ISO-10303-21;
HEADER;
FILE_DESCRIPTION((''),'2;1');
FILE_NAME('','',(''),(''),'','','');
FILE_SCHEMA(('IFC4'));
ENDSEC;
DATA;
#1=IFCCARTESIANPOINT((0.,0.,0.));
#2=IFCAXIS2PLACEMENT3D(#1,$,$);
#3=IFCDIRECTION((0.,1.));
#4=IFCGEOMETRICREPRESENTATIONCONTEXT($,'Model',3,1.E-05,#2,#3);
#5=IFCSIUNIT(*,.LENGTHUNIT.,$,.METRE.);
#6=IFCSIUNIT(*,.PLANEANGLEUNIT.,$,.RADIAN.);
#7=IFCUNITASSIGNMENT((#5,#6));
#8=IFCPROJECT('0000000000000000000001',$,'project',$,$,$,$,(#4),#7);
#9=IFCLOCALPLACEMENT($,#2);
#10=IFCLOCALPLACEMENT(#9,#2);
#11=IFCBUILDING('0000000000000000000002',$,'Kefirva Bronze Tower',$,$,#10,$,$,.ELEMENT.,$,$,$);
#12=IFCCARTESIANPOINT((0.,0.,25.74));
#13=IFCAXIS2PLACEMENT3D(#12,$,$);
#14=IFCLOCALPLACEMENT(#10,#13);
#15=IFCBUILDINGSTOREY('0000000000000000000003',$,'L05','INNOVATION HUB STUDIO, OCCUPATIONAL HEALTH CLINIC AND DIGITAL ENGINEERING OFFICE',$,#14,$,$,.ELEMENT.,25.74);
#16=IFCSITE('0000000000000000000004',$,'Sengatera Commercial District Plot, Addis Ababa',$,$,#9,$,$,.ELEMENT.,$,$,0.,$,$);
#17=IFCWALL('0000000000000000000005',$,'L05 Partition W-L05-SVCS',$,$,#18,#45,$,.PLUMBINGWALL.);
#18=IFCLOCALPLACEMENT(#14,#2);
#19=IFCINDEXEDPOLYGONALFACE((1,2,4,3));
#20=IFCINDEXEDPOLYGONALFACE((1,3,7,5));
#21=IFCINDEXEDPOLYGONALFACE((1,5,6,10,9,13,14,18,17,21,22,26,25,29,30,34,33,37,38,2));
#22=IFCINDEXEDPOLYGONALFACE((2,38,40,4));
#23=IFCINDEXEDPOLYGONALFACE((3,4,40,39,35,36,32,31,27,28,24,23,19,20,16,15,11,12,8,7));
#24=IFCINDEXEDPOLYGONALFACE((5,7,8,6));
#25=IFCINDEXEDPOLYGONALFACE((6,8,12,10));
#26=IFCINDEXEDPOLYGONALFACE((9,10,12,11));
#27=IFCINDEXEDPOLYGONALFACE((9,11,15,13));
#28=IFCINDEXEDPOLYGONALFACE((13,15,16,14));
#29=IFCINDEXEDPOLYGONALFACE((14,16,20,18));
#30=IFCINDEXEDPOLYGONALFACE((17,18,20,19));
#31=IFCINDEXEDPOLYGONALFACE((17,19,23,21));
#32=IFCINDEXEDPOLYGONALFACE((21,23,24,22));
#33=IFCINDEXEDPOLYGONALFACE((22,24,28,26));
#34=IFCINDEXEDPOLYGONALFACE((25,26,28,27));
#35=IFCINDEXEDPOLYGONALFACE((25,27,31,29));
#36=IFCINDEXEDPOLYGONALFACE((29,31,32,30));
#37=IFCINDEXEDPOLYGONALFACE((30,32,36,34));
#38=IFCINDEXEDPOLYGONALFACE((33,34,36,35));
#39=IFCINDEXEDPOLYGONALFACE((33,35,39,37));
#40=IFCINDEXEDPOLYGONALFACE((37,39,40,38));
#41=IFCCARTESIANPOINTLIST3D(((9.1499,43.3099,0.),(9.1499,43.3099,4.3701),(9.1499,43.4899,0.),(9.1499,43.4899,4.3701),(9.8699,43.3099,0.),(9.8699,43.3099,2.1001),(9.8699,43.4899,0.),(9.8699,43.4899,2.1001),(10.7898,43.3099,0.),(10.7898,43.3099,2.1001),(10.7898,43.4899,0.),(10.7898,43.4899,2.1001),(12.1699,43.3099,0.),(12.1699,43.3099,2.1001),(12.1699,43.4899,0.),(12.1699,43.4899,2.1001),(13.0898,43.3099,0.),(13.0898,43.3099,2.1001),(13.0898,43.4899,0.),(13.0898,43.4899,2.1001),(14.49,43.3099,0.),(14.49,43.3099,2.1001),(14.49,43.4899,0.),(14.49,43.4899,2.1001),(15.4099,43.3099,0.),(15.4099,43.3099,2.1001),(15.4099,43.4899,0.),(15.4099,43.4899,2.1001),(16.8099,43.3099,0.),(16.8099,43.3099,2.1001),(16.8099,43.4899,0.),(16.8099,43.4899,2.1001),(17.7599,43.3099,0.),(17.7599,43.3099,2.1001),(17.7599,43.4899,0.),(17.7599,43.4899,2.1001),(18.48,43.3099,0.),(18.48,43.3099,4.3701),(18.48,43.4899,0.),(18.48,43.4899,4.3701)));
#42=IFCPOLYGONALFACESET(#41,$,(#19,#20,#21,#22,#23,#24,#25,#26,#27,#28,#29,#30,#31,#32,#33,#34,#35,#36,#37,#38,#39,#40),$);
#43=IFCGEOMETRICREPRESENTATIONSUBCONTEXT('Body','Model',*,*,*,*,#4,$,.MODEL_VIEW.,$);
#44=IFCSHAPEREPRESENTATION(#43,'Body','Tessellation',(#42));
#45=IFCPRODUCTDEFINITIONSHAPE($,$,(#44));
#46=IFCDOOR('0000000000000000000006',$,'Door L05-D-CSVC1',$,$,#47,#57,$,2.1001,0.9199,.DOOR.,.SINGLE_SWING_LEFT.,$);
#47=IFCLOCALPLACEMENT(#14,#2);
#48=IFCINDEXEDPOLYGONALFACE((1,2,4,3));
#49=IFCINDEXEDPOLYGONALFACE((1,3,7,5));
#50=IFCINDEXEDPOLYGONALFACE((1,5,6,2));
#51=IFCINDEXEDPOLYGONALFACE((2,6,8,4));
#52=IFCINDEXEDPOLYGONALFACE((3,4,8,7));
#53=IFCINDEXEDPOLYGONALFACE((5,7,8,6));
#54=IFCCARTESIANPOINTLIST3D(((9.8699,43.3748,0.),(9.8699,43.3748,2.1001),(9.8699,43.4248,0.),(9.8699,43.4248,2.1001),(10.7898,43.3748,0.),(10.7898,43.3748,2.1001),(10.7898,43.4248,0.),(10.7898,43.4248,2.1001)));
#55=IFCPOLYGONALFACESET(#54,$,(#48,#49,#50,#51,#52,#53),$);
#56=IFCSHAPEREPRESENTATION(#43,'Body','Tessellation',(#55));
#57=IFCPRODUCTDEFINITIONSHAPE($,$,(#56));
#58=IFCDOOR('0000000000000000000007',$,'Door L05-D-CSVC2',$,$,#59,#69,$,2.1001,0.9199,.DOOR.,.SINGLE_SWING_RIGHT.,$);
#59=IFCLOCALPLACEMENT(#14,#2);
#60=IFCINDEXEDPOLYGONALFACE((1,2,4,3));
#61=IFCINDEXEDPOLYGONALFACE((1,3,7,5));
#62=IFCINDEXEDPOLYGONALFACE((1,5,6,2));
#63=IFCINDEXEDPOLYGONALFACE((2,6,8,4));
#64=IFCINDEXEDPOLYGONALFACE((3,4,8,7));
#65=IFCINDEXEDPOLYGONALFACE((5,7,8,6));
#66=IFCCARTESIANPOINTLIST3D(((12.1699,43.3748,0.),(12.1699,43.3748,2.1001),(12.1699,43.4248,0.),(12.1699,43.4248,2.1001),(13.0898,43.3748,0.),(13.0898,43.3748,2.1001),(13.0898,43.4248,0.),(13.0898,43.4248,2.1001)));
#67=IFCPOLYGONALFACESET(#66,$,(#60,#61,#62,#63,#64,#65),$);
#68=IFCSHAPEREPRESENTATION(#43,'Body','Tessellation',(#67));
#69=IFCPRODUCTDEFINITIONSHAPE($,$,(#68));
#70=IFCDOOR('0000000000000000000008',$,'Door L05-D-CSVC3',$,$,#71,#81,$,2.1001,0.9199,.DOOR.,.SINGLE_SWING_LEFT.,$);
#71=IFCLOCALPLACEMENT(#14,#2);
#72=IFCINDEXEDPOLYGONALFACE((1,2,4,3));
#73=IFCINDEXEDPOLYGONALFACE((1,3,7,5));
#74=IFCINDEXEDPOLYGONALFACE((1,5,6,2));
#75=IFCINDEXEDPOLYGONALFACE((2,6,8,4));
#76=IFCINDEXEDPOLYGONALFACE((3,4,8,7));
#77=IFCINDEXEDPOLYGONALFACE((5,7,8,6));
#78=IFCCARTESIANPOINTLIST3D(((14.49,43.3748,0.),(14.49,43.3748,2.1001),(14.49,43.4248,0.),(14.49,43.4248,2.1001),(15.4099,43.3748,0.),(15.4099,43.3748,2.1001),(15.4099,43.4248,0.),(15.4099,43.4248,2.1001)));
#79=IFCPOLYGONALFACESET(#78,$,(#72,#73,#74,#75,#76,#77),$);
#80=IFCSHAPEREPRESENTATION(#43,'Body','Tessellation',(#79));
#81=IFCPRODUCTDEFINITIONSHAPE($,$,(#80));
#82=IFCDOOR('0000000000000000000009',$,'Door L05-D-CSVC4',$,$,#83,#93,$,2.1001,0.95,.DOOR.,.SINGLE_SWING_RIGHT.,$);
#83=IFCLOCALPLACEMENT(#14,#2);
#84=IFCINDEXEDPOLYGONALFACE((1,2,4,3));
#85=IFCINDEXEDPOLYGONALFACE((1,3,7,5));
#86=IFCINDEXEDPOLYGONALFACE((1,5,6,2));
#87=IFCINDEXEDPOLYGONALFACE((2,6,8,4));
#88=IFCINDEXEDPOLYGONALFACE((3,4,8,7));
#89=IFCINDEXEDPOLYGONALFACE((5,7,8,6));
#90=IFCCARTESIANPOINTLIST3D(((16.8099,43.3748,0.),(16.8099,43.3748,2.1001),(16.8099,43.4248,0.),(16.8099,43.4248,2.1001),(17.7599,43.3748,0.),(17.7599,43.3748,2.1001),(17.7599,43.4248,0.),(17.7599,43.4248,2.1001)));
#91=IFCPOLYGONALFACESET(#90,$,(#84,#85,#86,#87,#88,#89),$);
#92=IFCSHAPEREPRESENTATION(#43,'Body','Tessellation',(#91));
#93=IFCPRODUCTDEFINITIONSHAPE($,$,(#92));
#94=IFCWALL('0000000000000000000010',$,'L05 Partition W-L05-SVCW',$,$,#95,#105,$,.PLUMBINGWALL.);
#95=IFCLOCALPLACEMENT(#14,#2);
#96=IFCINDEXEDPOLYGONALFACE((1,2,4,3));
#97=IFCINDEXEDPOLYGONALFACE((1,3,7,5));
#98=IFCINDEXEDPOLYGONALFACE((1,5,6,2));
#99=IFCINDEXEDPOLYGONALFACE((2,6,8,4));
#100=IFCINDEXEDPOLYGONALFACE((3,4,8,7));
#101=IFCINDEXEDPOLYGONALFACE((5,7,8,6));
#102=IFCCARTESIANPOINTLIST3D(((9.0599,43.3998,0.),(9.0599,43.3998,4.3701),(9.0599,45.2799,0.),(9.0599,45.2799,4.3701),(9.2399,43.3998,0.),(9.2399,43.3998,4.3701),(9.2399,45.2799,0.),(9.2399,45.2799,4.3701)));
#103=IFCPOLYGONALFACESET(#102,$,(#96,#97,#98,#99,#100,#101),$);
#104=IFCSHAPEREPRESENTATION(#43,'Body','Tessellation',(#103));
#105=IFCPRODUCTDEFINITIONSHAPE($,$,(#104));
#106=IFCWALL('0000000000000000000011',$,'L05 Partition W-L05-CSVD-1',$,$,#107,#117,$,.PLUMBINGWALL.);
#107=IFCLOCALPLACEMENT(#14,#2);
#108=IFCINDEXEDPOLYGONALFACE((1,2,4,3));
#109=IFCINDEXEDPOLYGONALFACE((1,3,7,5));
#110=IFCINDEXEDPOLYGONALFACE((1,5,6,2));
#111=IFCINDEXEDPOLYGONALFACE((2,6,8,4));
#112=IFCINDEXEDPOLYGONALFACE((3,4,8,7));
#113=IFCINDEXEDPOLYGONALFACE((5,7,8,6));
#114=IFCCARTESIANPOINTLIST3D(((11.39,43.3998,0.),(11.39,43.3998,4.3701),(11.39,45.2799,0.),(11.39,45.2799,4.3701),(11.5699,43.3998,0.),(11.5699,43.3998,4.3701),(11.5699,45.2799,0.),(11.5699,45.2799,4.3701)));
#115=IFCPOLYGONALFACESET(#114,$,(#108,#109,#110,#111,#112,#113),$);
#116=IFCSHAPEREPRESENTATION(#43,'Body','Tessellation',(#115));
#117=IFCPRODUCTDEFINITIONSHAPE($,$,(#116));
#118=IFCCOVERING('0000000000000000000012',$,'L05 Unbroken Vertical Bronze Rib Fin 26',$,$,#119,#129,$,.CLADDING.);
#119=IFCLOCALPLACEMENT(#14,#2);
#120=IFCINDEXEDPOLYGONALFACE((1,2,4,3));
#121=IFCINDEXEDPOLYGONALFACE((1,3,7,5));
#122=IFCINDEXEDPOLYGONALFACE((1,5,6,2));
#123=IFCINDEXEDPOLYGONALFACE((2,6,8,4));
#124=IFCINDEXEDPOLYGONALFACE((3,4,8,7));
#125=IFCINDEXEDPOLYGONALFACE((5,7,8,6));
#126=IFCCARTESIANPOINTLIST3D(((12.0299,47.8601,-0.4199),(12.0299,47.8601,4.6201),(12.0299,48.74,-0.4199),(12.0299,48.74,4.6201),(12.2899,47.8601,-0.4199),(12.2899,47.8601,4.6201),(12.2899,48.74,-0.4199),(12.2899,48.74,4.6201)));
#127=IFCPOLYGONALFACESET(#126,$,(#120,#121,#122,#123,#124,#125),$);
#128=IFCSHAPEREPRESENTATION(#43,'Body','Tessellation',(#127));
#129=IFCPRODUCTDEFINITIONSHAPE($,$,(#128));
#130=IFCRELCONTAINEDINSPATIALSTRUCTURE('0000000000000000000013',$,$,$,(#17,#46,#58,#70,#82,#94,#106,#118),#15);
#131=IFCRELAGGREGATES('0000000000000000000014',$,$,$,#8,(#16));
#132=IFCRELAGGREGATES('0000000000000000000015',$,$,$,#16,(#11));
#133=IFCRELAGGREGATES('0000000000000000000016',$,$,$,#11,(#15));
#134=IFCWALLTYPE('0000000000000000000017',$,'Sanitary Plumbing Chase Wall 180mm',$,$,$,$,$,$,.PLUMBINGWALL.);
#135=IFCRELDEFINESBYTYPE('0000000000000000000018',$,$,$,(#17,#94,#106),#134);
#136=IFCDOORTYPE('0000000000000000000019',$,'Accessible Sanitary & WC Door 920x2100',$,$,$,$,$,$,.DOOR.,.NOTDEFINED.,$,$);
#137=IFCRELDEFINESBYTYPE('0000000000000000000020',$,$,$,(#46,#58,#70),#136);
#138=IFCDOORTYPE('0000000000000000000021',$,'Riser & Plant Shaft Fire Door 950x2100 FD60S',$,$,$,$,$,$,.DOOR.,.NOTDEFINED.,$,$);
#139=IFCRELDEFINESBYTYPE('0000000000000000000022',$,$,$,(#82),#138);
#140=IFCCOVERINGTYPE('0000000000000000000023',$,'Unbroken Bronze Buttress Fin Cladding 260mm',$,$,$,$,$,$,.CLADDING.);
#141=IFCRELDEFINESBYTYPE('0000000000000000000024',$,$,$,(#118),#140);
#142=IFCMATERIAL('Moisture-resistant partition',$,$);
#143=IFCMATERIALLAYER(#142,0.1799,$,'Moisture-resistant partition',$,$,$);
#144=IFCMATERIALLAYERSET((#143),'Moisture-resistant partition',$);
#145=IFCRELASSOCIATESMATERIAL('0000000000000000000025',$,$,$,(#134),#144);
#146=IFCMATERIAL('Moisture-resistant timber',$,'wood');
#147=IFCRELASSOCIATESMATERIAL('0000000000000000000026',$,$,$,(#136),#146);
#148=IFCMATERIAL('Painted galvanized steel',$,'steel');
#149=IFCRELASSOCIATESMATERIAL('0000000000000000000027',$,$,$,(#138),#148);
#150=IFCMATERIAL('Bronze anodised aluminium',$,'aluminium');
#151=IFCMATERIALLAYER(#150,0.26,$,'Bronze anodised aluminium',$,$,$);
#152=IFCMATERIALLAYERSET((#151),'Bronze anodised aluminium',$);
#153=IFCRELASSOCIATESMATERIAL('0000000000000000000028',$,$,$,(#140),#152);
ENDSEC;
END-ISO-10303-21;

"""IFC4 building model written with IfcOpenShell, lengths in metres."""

from ifc_helpers import new_model, si_unit, direction, frame, frame_2d, origin, origin_2d, place, context, subcontext, project, spatial, rectangle, extrude, material, layer, layer_set, type_object, element, fill, save


model = new_model("IFC4")

# Units and contexts
model_context = context("Model", 3, precision=1e-05, world=origin(), true_north=direction((0.0, 1.0)))
body_context = subcontext(model_context, "Body", "Model", "MODEL_VIEW")
ifc_project = project(units=[si_unit("LENGTHUNIT", "METRE"), si_unit("PLANEANGLEUNIT", "RADIAN")], contexts=[model_context])

# Site, building, storey
site_placement = place(None, origin())
site = spatial("IfcSite", under=ifc_project, at=site_placement, Name="Sengatera Commercial District Plot, Addis Ababa", CompositionType="ELEMENT", RefElevation=0.0)
building_placement = place(site_placement, origin())
building = spatial("IfcBuilding", under=site, at=building_placement, Name="Kefirva Bronze Tower", CompositionType="ELEMENT")
storey_placement = place(building_placement, frame((0.0, 0.0, 25.74)))
storey = spatial("IfcBuildingStorey", under=building, at=storey_placement, Name="L05", Description="INNOVATION HUB STUDIO, OCCUPATIONAL HEALTH CLINIC AND DIGITAL ENGINEERING OFFICE", CompositionType="ELEMENT", Elevation=25.74)

# Shared definitions
ifc_material_1 = material(Name="Bronze anodised aluminium", Category="aluminium")

# Wall, openings, doors
ifc_material_2 = material(Name="Moisture-resistant partition")
ifc_layer_1 = layer(ifc_material_2, 0.1799, Name="Moisture-resistant partition")
ifc_layer_set_1 = layer_set([ifc_layer_1], Name="Moisture-resistant partition")
wall_type_1 = type_object("IfcWallType", Name="Sanitary Plumbing Chase Wall 180mm", PredefinedType="PLUMBINGWALL", material=ifc_layer_set_1)
wall_1_placement = place(storey_placement, frame((9.1499, 43.3999, 0.0), z_axis=(0.0, 0.0, 1.0), x_axis=(1.0, 0.0, 0.0)))
wall_1 = element("IfcWall", 1, at=wall_1_placement, inside=storey, type_object=wall_type_1, Name="L05 Partition W-L05-SVCS", PredefinedType="PLUMBINGWALL", context=body_context, shape_type="SweptSolid", body=[
    extrude(rectangle(XDim=9.3301, YDim=0.1799, at=frame_2d((4.665, 0.0))), origin(), (0.0, 0.0, 1.0), 4.3701),
])
opening_1_placement = place(wall_1_placement, frame((0.72, 0.0, 0.0)))
opening_1 = element("IfcOpeningElement", 2, at=opening_1_placement, cuts=wall_1, PredefinedType="OPENING", context=body_context, shape_type="SweptSolid", body=[
    extrude(rectangle(XDim=0.9199, YDim=2.1001, at=frame_2d((0.46, 1.05))), frame((0.0, 0.1001, 0.0), z_axis=(0.0, -1.0, 0.0), x_axis=(1.0, 0.0, 0.0)), (0.0, 0.0, 1.0), 0.2),
])
opening_2_placement = place(wall_1_placement, frame((3.02, 0.0, 0.0)))
opening_2 = element("IfcOpeningElement", 3, at=opening_2_placement, cuts=wall_1, PredefinedType="OPENING", context=body_context, shape_type="SweptSolid", body=[
    extrude(rectangle(XDim=0.9199, YDim=2.1001, at=frame_2d((0.46, 1.05))), frame((0.0, 0.1001, 0.0), z_axis=(0.0, -1.0, 0.0), x_axis=(1.0, 0.0, 0.0)), (0.0, 0.0, 1.0), 0.2),
])
opening_3_placement = place(wall_1_placement, frame((5.3401, 0.0, 0.0)))
opening_3 = element("IfcOpeningElement", 4, at=opening_3_placement, cuts=wall_1, PredefinedType="OPENING", context=body_context, shape_type="SweptSolid", body=[
    extrude(rectangle(XDim=0.9199, YDim=2.1001, at=frame_2d((0.46, 1.05))), frame((0.0, 0.1001, 0.0), z_axis=(0.0, -1.0, 0.0), x_axis=(1.0, 0.0, 0.0)), (0.0, 0.0, 1.0), 0.2),
])
opening_4_placement = place(wall_1_placement, frame((7.6599, 0.0, 0.0)))
opening_4 = element("IfcOpeningElement", 5, at=opening_4_placement, cuts=wall_1, PredefinedType="OPENING", context=body_context, shape_type="SweptSolid", body=[
    extrude(rectangle(XDim=0.95, YDim=2.1001, at=frame_2d((0.4751, 1.05))), frame((0.0, 0.1001, 0.0), z_axis=(0.0, -1.0, 0.0), x_axis=(1.0, 0.0, 0.0)), (0.0, 0.0, 1.0), 0.2),
])
ifc_material_3 = material(Name="Moisture-resistant timber", Category="wood")
door_type_1 = type_object("IfcDoorType", Name="Accessible Sanitary & WC Door 920x2100", OperationType="NOTDEFINED", PredefinedType="DOOR", material=ifc_material_3)
door_1_placement = place(opening_1_placement, origin())
door_1 = element("IfcDoor", 6, at=door_1_placement, inside=storey, type_object=door_type_1, Name="Door L05-D-CSVC1", OperationType="SINGLE_SWING_LEFT", OverallHeight=2.1001, OverallWidth=0.9199, PredefinedType="DOOR", context=body_context, shape_type="SweptSolid", body=[
    extrude(rectangle(XDim=0.9199, YDim=2.1001, at=frame_2d((0.46, 1.05))), frame((0.0, 0.0249, 0.0), z_axis=(0.0, -1.0, 0.0), x_axis=(1.0, 0.0, 0.0)), (0.0, 0.0, 1.0), 0.05),
])
fill(opening_1, door_1)
door_2_placement = place(opening_2_placement, origin())
door_2 = element("IfcDoor", 7, at=door_2_placement, inside=storey, type_object=door_type_1, Name="Door L05-D-CSVC2", OperationType="SINGLE_SWING_RIGHT", OverallHeight=2.1001, OverallWidth=0.9199, PredefinedType="DOOR", context=body_context, shape_type="SweptSolid", body=[
    extrude(rectangle(XDim=0.9199, YDim=2.1001, at=frame_2d((0.46, 1.05))), frame((0.0, 0.0249, 0.0), z_axis=(0.0, -1.0, 0.0), x_axis=(1.0, 0.0, 0.0)), (0.0, 0.0, 1.0), 0.05),
])
fill(opening_2, door_2)
door_3_placement = place(opening_3_placement, origin())
door_3 = element("IfcDoor", 8, at=door_3_placement, inside=storey, type_object=door_type_1, Name="Door L05-D-CSVC3", OperationType="SINGLE_SWING_LEFT", OverallHeight=2.1001, OverallWidth=0.9199, PredefinedType="DOOR", context=body_context, shape_type="SweptSolid", body=[
    extrude(rectangle(XDim=0.9199, YDim=2.1001, at=frame_2d((0.46, 1.05))), frame((0.0, 0.0249, 0.0), z_axis=(0.0, -1.0, 0.0), x_axis=(1.0, 0.0, 0.0)), (0.0, 0.0, 1.0), 0.05),
])
fill(opening_3, door_3)
ifc_material_4 = material(Name="Painted galvanized steel", Category="steel")
door_type_2 = type_object("IfcDoorType", Name="Riser & Plant Shaft Fire Door 950x2100 FD60S", OperationType="NOTDEFINED", PredefinedType="DOOR", material=ifc_material_4)
door_4_placement = place(opening_4_placement, origin())
door_4 = element("IfcDoor", 9, at=door_4_placement, inside=storey, type_object=door_type_2, Name="Door L05-D-CSVC4", OperationType="SINGLE_SWING_RIGHT", OverallHeight=2.1001, OverallWidth=0.95, PredefinedType="DOOR", context=body_context, shape_type="SweptSolid", body=[
    extrude(rectangle(XDim=0.95, YDim=2.1001, at=frame_2d((0.4751, 1.05))), frame((0.0, 0.0249, 0.0), z_axis=(0.0, -1.0, 0.0), x_axis=(1.0, 0.0, 0.0)), (0.0, 0.0, 1.0), 0.05),
])
fill(opening_4, door_4)

# Walls
for number, where, z_axis, x_axis, name in (
    (10, (9.1499, 43.3999, 0.0), (0.0, 0.0, 1.0), (0.0, 1.0, 0.0), "L05 Partition W-L05-SVCW"),
    (11, (11.48, 43.3999, 0.0), (0.0, 0.0, 1.0), (0.0, 1.0, 0.0), "L05 Partition W-L05-CSVD-1"),
):
    element("IfcWall", number, at=place(storey_placement, frame(where, z_axis=z_axis, x_axis=x_axis)), inside=storey, type_object=wall_type_1, Name=name, PredefinedType="PLUMBINGWALL", context=body_context, shape_type="SweptSolid", body=[
        extrude(rectangle(XDim=1.8801, YDim=0.1799, at=frame_2d((0.9399, 0.0))), origin(), (0.0, 0.0, 1.0), 4.3701),
    ])

# Covering
ifc_layer_2 = layer(ifc_material_1, 0.26, Name="Bronze anodised aluminium")
ifc_layer_set_2 = layer_set([ifc_layer_2], Name="Bronze anodised aluminium")
covering_type = type_object("IfcCoveringType", Name="Unbroken Bronze Buttress Fin Cladding 260mm", PredefinedType="CLADDING", material=ifc_layer_set_2)
covering_placement = place(storey_placement, frame((12.1599, 48.3, -0.4199), z_axis=(0.0, 0.0, 1.0), x_axis=(-1.0, 0.0, 0.0)))
element("IfcCovering", 12, at=covering_placement, inside=storey, type_object=covering_type, Name="L05 Unbroken Vertical Bronze Rib Fin 26", PredefinedType="CLADDING", context=body_context, shape_type="SweptSolid", body=[
    extrude(rectangle(XDim=0.26, YDim=0.8799, at=origin_2d()), origin(), (0.0, 0.0, 1.0), 5.04),
])

save(model, "model.ifc")
